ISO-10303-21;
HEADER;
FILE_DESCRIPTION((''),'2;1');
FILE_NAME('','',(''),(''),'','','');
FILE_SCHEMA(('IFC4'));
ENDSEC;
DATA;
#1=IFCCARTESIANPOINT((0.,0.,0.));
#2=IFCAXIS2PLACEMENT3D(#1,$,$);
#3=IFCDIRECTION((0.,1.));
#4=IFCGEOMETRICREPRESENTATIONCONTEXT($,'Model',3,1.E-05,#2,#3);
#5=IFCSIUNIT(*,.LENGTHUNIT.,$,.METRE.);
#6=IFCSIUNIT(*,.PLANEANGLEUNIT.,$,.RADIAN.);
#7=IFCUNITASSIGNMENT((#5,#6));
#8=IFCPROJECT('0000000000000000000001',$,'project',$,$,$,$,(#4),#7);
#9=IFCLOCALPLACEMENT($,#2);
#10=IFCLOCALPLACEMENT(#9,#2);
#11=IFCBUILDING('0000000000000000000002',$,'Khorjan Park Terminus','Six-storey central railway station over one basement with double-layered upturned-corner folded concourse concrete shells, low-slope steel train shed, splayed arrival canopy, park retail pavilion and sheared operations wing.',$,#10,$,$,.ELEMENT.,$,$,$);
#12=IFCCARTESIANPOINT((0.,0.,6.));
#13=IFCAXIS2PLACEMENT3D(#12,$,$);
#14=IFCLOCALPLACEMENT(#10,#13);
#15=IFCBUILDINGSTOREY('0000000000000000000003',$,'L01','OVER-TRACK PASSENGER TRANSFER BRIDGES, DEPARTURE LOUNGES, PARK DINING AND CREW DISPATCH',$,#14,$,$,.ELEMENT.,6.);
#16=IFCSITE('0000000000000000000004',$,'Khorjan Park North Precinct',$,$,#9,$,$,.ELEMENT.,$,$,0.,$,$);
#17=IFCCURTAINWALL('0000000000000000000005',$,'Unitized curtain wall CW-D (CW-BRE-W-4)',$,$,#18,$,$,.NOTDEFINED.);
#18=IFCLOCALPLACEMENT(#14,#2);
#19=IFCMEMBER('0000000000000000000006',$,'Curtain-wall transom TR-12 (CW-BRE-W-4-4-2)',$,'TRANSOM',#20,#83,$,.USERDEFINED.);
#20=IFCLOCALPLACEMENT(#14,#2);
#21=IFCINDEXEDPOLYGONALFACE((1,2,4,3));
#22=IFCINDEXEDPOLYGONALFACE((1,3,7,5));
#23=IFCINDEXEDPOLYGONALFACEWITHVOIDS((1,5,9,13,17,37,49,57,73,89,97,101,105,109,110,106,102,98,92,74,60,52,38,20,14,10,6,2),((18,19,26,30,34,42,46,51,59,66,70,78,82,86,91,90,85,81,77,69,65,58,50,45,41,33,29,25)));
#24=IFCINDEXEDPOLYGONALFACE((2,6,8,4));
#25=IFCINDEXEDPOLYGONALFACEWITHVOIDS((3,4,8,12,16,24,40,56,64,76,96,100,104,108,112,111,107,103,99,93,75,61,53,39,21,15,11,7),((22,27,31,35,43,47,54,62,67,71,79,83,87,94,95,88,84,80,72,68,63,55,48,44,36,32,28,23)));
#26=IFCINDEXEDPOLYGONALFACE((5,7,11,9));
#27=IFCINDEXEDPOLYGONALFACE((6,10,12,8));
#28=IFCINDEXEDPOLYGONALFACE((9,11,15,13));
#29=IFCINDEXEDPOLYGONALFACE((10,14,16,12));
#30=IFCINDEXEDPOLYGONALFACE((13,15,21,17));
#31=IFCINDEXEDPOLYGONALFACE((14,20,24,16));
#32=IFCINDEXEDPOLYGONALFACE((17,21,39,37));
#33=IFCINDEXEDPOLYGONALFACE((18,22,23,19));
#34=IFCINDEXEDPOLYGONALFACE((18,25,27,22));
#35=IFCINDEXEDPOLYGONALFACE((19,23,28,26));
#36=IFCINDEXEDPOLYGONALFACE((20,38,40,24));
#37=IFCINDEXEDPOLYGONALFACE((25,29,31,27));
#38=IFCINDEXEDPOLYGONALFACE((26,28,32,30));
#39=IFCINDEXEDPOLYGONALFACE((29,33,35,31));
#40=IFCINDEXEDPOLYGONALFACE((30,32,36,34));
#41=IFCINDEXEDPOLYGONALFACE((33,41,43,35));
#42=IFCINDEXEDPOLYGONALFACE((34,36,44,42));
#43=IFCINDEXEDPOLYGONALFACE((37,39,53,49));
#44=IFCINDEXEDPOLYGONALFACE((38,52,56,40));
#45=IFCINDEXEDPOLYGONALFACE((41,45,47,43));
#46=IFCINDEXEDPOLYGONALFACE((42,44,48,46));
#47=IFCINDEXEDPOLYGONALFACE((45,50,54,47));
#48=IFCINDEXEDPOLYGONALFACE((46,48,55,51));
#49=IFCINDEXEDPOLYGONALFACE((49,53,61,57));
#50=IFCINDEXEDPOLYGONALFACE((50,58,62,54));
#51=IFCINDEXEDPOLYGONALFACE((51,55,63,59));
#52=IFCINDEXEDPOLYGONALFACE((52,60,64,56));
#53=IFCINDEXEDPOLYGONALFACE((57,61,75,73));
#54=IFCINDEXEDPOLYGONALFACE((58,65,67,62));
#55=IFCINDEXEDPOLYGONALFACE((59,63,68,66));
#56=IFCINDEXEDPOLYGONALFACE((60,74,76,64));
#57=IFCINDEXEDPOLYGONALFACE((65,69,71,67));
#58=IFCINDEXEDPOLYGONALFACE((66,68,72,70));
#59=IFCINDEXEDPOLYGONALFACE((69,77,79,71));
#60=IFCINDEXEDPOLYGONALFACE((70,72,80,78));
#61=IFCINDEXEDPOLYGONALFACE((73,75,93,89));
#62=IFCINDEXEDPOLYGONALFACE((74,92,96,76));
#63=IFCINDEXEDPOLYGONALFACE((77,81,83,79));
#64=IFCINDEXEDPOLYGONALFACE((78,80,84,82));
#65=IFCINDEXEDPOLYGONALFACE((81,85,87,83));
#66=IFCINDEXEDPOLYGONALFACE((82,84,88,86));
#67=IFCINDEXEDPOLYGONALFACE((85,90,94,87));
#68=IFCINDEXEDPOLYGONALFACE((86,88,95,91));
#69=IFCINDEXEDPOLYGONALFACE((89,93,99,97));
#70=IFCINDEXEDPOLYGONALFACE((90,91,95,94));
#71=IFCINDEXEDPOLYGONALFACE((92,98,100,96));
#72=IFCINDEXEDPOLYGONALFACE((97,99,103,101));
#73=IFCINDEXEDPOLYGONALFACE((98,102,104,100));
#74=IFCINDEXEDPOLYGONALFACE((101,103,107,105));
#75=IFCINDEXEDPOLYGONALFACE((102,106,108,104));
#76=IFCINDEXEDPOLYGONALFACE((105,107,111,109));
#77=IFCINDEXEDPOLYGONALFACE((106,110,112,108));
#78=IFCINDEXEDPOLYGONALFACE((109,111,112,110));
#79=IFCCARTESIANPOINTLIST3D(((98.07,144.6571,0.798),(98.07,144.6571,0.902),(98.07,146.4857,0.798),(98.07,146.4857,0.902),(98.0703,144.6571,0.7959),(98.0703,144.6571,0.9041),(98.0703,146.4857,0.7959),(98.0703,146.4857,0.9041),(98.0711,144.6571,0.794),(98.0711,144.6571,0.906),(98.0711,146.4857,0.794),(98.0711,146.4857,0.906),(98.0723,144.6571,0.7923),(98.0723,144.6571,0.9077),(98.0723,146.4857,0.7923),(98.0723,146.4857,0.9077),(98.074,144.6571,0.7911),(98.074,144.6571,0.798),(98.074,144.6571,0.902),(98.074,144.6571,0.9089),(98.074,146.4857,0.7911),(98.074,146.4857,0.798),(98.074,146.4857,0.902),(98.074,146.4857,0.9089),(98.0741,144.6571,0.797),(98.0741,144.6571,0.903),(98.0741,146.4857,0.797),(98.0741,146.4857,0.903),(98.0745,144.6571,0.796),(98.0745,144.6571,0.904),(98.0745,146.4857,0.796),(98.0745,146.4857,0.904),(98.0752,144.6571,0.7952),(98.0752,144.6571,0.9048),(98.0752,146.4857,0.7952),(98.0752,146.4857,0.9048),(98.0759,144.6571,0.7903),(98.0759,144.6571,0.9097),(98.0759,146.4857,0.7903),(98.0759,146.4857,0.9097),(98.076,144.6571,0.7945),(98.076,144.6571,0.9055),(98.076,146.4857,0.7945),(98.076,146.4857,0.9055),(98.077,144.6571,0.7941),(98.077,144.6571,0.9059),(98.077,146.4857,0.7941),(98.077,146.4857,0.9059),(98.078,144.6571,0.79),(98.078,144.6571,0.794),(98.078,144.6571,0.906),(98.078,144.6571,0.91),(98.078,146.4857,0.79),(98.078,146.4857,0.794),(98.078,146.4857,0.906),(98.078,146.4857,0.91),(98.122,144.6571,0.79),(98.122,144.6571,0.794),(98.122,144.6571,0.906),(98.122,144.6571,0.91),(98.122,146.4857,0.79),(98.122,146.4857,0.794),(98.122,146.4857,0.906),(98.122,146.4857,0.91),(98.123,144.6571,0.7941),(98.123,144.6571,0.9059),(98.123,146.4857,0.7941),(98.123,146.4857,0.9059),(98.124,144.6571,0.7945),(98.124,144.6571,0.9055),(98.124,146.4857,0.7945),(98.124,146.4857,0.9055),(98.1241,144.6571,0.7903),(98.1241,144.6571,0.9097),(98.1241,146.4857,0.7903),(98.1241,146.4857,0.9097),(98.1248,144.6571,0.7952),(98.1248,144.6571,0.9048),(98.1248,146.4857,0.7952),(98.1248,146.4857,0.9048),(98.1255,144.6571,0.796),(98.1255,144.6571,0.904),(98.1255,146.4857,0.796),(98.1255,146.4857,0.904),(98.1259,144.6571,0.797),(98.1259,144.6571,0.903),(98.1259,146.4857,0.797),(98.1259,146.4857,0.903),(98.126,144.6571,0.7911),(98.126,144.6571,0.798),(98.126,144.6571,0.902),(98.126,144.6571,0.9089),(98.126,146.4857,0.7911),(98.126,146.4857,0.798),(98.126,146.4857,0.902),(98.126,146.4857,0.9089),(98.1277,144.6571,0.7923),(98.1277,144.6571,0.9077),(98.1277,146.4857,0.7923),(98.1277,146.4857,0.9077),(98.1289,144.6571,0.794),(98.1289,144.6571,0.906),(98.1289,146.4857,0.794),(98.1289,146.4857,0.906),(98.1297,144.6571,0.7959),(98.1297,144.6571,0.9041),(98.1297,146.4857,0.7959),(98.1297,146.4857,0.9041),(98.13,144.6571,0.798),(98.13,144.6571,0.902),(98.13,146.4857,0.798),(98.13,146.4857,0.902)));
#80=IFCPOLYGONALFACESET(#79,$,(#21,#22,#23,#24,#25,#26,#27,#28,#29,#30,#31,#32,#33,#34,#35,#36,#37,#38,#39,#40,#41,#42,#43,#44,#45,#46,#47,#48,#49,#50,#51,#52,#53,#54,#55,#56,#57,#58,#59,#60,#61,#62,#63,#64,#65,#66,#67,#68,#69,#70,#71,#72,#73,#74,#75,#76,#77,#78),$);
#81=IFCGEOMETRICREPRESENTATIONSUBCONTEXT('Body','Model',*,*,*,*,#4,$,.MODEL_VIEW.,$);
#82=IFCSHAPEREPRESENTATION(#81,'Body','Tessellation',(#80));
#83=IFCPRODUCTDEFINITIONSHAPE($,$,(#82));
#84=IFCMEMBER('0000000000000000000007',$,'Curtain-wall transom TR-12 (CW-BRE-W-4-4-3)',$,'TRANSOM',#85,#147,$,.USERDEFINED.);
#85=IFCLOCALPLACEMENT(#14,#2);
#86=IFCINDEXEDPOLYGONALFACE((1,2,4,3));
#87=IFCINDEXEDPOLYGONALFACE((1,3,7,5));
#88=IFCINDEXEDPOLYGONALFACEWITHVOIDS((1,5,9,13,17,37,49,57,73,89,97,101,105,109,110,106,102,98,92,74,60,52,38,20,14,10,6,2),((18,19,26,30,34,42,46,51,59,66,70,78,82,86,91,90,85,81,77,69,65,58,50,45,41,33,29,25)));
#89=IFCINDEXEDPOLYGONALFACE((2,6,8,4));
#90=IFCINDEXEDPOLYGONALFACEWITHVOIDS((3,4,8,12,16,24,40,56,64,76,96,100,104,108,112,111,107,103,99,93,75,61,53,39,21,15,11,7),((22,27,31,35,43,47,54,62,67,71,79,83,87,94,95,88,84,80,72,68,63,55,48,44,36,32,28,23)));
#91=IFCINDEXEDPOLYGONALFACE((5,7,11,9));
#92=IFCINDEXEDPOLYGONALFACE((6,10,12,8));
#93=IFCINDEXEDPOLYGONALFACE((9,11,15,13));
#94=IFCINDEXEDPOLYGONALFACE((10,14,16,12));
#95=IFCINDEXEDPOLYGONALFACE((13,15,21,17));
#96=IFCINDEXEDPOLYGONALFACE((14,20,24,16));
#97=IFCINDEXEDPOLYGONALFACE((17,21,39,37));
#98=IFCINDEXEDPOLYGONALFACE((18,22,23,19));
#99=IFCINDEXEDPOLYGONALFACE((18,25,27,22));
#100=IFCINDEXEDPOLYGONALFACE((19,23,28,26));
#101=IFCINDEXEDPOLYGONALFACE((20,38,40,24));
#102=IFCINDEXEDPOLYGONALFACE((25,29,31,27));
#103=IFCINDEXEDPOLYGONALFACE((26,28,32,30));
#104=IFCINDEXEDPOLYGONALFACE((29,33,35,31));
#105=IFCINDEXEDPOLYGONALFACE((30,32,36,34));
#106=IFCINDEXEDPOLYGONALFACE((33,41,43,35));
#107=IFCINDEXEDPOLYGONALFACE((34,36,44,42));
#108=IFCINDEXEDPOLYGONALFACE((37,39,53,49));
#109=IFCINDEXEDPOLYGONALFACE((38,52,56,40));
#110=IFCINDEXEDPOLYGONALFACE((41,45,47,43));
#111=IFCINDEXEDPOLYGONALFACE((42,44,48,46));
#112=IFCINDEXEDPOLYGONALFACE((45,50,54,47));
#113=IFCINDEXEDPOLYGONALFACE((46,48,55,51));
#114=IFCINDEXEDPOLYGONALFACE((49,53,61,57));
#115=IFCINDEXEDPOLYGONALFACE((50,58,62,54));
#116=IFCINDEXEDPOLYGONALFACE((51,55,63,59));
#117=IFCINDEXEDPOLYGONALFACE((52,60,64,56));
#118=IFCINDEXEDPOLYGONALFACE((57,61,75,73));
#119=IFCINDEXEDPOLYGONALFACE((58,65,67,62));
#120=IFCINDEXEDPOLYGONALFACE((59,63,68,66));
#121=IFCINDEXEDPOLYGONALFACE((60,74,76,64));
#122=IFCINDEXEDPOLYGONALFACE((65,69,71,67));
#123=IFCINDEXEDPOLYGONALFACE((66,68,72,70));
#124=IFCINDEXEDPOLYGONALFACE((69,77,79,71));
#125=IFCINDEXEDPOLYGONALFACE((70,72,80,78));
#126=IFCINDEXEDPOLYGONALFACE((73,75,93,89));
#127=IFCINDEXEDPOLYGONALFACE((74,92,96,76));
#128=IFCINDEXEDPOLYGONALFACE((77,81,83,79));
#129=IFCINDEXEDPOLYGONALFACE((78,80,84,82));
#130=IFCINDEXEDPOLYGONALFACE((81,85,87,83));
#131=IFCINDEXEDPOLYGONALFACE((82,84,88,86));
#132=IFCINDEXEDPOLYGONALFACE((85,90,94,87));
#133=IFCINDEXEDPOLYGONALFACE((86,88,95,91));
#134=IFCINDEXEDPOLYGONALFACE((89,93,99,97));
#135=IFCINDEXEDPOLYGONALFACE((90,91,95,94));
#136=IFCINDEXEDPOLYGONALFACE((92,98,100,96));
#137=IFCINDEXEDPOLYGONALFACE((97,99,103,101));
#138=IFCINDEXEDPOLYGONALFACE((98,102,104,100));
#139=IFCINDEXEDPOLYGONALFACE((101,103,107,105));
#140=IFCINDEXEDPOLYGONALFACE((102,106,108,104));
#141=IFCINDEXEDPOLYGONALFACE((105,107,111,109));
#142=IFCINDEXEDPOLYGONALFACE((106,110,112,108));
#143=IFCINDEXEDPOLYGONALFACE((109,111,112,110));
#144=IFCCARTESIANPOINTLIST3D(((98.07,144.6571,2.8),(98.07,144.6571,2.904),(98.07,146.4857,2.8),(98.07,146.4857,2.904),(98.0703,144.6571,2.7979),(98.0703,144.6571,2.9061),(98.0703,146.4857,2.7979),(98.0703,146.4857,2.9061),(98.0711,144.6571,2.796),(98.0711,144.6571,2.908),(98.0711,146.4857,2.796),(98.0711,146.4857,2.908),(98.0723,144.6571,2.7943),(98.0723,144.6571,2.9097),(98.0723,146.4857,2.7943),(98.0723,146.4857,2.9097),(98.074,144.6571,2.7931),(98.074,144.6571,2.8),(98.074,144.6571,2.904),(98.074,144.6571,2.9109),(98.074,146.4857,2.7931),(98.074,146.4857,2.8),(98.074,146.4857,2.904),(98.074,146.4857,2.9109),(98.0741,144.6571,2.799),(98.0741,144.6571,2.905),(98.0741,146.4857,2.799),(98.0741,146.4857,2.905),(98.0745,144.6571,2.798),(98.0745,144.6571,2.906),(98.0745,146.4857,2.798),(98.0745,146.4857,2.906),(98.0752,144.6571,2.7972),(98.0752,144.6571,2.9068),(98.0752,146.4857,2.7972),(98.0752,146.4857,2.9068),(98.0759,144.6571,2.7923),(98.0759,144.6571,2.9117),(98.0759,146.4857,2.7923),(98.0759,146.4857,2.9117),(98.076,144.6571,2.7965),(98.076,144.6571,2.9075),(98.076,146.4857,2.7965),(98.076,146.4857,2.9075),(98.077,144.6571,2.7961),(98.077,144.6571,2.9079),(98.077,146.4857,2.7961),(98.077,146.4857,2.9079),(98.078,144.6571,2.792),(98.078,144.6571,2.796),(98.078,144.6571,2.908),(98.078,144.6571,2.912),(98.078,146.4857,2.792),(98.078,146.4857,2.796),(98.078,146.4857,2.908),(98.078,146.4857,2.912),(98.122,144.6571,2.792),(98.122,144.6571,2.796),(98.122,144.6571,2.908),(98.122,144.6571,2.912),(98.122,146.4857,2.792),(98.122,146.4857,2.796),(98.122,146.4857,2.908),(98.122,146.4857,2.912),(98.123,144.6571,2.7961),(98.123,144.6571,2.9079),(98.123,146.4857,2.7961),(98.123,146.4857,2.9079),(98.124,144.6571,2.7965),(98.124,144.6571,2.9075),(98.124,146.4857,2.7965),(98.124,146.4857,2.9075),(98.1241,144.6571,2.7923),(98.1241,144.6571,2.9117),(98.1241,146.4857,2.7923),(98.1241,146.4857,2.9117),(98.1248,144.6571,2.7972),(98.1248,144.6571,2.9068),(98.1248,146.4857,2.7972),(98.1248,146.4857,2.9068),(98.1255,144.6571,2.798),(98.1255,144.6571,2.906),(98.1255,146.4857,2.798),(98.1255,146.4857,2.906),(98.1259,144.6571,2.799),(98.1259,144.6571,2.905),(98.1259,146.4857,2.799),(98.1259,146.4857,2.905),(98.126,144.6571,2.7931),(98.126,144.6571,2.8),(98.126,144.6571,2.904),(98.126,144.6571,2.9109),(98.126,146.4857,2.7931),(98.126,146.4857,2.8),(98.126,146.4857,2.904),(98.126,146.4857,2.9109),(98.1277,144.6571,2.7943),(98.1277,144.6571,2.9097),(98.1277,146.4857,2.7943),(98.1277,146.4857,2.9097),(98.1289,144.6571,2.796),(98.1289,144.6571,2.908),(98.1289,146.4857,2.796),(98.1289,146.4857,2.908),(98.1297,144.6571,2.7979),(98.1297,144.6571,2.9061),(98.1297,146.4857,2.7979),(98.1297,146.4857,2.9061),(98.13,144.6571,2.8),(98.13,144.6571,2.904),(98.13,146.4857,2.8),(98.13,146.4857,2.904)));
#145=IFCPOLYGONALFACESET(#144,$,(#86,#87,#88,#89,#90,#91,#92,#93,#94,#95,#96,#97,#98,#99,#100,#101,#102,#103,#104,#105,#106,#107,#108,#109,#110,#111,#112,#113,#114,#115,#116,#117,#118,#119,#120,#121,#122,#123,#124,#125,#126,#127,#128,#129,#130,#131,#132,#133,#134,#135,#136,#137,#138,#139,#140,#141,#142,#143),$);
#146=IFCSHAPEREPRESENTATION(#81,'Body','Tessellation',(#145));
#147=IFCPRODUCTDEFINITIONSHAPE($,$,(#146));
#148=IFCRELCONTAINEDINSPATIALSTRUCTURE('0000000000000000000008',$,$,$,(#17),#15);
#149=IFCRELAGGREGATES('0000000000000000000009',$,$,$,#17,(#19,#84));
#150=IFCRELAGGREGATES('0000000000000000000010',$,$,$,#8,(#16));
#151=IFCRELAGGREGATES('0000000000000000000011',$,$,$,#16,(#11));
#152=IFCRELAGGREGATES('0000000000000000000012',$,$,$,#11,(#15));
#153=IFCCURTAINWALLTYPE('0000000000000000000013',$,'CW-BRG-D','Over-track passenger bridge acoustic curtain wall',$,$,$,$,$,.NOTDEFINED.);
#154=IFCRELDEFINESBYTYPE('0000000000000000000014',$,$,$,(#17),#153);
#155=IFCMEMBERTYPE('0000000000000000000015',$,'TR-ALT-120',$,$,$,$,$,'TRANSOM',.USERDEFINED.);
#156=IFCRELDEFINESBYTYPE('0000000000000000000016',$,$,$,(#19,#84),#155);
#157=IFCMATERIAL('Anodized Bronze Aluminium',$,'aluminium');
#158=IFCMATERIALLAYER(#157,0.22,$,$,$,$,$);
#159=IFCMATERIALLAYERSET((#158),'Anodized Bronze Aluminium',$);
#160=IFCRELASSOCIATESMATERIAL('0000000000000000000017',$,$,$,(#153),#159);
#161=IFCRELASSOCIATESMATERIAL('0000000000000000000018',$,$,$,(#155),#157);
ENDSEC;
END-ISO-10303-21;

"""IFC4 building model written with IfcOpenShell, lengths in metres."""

from ifc_helpers import new_model, si_unit, direction, frame, origin, origin_2d, place, context, subcontext, project, spatial, hollow_rectangle, extrude, material, layer, layer_set, material_profile, profile_set, type_object, element, aggregate, save


model = new_model("IFC4")

# Units and contexts
model_context = context("Model", 3, precision=1e-05, world=origin(), true_north=direction((0.0, 1.0)))
body_context = subcontext(model_context, "Body", "Model", "MODEL_VIEW")
ifc_project = project(units=[si_unit("LENGTHUNIT", "METRE"), si_unit("PLANEANGLEUNIT", "RADIAN")], contexts=[model_context])

# Site, building, storey
site_placement = place(None, origin())
site = spatial("IfcSite", under=ifc_project, at=site_placement, Name="Khorjan Park North Precinct", CompositionType="ELEMENT", RefElevation=0.0)
building_placement = place(site_placement, origin())
building = spatial("IfcBuilding", under=site, at=building_placement, Name="Khorjan Park Terminus", Description="Six-storey central railway station over one basement with double-layered upturned-corner folded concourse concrete shells, low-slope steel train shed, splayed arrival canopy, park retail pavilion and sheared operations wing.", CompositionType="ELEMENT")
storey_placement = place(building_placement, frame((0.0, 0.0, 6.0)))
storey = spatial("IfcBuildingStorey", under=building, at=storey_placement, Name="L01", Description="OVER-TRACK PASSENGER TRANSFER BRIDGES, DEPARTURE LOUNGES, PARK DINING AND CREW DISPATCH", CompositionType="ELEMENT", Elevation=6.0)

# Curtain wall, members
ifc_material_1 = material(Name="Anodized Bronze Aluminium", Category="aluminium")
ifc_layer_1 = layer(ifc_material_1, 0.22)
ifc_layer_set_1 = layer_set([ifc_layer_1], Name="Anodized Bronze Aluminium")
curtain_wall_type = type_object("IfcCurtainWallType", Name="CW-BRG-D", Description="Over-track passenger bridge acoustic curtain wall", PredefinedType="NOTDEFINED", material=ifc_layer_set_1)
curtain_wall_placement = place(storey_placement, origin())
curtain_wall = element("IfcCurtainWall", 1, at=curtain_wall_placement, inside=storey, type_object=curtain_wall_type, Name="Unitized curtain wall CW-D (CW-BRE-W-4)", PredefinedType="NOTDEFINED")
ifc_material_profile_1 = material_profile(ifc_material_1, hollow_rectangle(XDim=0.06, YDim=0.12, WallThickness=0.004, InnerFilletRadius=0.004, OuterFilletRadius=0.008, at=origin_2d()), Name="ALT 60x120x4")
ifc_profile_set_1 = profile_set([ifc_material_profile_1], Name="Anodized Bronze Aluminium")
member_type_1 = type_object("IfcMemberType", Name="TR-ALT-120", ElementType="TRANSOM", PredefinedType="USERDEFINED", material=ifc_profile_set_1)
member_1_placement = place(storey_placement, frame((98.1, 146.4857, 0.85), z_axis=(0.0, -1.0, 0.0), x_axis=(1.0, 0.0, 0.0)))
member_1 = element("IfcMember", 2, at=member_1_placement, type_object=member_type_1, Name="Curtain-wall transom TR-12 (CW-BRE-W-4-4-2)", ObjectType="TRANSOM", PredefinedType="USERDEFINED", context=body_context, shape_type="SweptSolid", body=[
    extrude(hollow_rectangle(XDim=0.06, YDim=0.12, WallThickness=0.004, InnerFilletRadius=0.004, OuterFilletRadius=0.008, at=origin_2d()), origin(), (0.0, 0.0, 1.0), 1.8286),
])
member_2_placement = place(storey_placement, frame((98.1, 146.4857, 2.852), z_axis=(0.0, -1.0, 0.0), x_axis=(1.0, 0.0, 0.0)))
member_2 = element("IfcMember", 3, at=member_2_placement, type_object=member_type_1, Name="Curtain-wall transom TR-12 (CW-BRE-W-4-4-3)", ObjectType="TRANSOM", PredefinedType="USERDEFINED", context=body_context, shape_type="SweptSolid", body=[
    extrude(hollow_rectangle(XDim=0.06, YDim=0.12, WallThickness=0.004, InnerFilletRadius=0.004, OuterFilletRadius=0.008, at=origin_2d()), origin(), (0.0, 0.0, 1.0), 1.8286),
])
aggregate(curtain_wall, [member_1, member_2])

save(model, "model.ifc")
